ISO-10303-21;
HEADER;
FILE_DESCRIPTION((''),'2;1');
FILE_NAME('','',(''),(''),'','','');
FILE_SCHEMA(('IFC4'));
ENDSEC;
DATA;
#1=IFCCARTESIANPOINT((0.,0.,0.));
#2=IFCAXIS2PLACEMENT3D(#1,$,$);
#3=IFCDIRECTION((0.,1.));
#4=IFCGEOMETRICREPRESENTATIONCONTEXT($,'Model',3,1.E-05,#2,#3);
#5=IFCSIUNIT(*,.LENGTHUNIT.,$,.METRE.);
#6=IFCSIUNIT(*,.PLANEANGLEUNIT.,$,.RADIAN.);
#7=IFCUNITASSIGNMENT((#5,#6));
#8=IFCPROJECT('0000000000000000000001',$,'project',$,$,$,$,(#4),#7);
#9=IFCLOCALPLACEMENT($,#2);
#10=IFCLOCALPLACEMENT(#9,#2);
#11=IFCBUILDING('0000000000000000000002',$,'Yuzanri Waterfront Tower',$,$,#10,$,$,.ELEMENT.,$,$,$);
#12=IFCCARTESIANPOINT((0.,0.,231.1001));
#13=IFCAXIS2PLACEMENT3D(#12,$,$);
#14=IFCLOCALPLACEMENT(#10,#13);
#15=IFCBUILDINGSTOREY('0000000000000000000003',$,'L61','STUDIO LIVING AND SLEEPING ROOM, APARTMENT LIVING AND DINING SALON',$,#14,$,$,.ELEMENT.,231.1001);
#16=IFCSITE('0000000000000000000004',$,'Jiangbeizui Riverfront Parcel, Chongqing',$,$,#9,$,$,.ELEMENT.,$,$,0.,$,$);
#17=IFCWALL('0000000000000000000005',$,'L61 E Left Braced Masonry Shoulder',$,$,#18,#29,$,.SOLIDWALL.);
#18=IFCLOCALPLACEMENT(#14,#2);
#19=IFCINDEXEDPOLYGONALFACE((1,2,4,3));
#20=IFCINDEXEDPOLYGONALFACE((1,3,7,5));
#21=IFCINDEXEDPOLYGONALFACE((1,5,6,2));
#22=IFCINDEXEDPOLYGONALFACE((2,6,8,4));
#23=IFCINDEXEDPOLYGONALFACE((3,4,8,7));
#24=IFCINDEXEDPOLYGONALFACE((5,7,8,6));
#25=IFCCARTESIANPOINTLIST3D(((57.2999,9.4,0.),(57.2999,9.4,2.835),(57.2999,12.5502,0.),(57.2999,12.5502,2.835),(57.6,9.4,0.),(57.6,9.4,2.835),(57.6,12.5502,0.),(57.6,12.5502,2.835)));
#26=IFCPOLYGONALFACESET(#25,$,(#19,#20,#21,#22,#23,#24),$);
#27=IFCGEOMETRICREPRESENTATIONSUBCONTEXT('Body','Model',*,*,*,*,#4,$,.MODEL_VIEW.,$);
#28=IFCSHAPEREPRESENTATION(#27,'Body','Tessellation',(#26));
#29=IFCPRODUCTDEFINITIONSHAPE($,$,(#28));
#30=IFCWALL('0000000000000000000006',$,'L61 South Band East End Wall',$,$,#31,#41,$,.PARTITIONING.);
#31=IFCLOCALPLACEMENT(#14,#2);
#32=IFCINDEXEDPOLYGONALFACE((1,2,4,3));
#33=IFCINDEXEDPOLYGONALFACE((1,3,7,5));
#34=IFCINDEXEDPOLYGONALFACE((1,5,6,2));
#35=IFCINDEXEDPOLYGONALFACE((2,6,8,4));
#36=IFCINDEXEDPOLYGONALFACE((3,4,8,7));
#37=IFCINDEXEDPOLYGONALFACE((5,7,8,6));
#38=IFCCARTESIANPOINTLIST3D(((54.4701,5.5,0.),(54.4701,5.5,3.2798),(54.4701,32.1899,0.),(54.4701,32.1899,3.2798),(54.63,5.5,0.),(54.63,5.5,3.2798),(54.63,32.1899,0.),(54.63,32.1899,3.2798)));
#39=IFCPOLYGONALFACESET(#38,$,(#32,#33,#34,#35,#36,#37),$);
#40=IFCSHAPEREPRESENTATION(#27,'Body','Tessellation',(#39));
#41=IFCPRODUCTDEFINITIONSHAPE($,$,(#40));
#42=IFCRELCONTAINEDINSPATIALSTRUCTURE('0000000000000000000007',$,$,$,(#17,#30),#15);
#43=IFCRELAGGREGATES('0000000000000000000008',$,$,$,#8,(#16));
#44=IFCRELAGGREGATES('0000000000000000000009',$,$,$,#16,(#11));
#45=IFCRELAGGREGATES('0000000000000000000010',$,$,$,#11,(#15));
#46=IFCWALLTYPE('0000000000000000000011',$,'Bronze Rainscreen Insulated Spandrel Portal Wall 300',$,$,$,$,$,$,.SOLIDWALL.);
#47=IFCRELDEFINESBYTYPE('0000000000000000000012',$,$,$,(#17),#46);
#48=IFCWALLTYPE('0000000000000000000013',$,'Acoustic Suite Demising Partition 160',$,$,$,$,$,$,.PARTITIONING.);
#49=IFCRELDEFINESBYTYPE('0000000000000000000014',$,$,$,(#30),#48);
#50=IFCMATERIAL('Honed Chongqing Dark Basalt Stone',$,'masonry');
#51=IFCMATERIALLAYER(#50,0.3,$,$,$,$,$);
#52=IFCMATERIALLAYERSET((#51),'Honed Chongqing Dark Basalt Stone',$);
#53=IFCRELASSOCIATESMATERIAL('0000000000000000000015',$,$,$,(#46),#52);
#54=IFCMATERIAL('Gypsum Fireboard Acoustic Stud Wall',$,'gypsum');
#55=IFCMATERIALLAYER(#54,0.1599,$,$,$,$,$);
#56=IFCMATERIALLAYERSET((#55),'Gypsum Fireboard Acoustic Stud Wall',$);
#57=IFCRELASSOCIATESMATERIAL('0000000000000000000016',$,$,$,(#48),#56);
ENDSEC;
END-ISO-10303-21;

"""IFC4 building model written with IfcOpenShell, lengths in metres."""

from ifc_helpers import new_model, si_unit, direction, frame, frame_2d, origin, place, context, subcontext, project, spatial, rectangle, extrude, source, transform, mapped, material, layer, layer_set, type_object, element, save


model = new_model("IFC4")

# Units and contexts
model_context = context("Model", 3, precision=1e-05, world=origin(), true_north=direction((0.0, 1.0)))
body_context = subcontext(model_context, "Body", "Model", "MODEL_VIEW")
ifc_project = project(units=[si_unit("LENGTHUNIT", "METRE"), si_unit("PLANEANGLEUNIT", "RADIAN")], contexts=[model_context])

# Site, building, storey
site_placement = place(None, origin())
site = spatial("IfcSite", under=ifc_project, at=site_placement, Name="Jiangbeizui Riverfront Parcel, Chongqing", CompositionType="ELEMENT", RefElevation=0.0)
building_placement = place(site_placement, origin())
building = spatial("IfcBuilding", under=site, at=building_placement, Name="Yuzanri Waterfront Tower", CompositionType="ELEMENT")
storey_placement = place(building_placement, frame((0.0, 0.0, 231.1001)))
storey = spatial("IfcBuildingStorey", under=building, at=storey_placement, Name="L61", Description="STUDIO LIVING AND SLEEPING ROOM, APARTMENT LIVING AND DINING SALON", CompositionType="ELEMENT", Elevation=231.1001)

# Shared definitions
ifc_material_1 = material(Name="Honed Chongqing Dark Basalt Stone", Category="masonry")
ifc_layer_1 = layer(ifc_material_1, 0.3)
ifc_layer_set_1 = layer_set([ifc_layer_1], Name="Honed Chongqing Dark Basalt Stone")
wall_type_1 = type_object("IfcWallType", Name="Bronze Rainscreen Insulated Spandrel Portal Wall 300", PredefinedType="SOLIDWALL", material=ifc_layer_set_1)

# Walls
shared_shape_1 = source(origin(), body_context, "Body", "SweptSolid", [
    extrude(rectangle(XDim=3.1501, YDim=0.3, at=frame_2d((1.5752, 0.0))), origin(), (0.0, 0.0, 1.0), 2.835),
])
wall_1_placement = place(storey_placement, frame((57.45, 9.3999, 0.0), z_axis=(0.0, 0.0, 1.0), x_axis=(0.0, 1.0, 0.0)))
element("IfcWall", 1, at=wall_1_placement, inside=storey, type_object=wall_type_1, Name="L61 E Left Braced Masonry Shoulder", PredefinedType="SOLIDWALL", context=body_context, shape_type="MappedRepresentation", body=[
    mapped(shared_shape_1, transform((0.0, 0.0, 0.0), scale=1.0)),
])
ifc_material_2 = material(Name="Gypsum Fireboard Acoustic Stud Wall", Category="gypsum")
ifc_layer_2 = layer(ifc_material_2, 0.1599)
ifc_layer_set_2 = layer_set([ifc_layer_2], Name="Gypsum Fireboard Acoustic Stud Wall")
wall_type_2 = type_object("IfcWallType", Name="Acoustic Suite Demising Partition 160", PredefinedType="PARTITIONING", material=ifc_layer_set_2)
shared_shape_2 = source(origin(), body_context, "Body", "SweptSolid", [
    extrude(rectangle(XDim=26.6899, YDim=0.1599, at=frame_2d((13.345, 0.0))), origin(), (0.0, 0.0, 1.0), 3.2798),
])
wall_2_placement = place(storey_placement, frame((54.55, 5.5, 0.0), z_axis=(0.0, 0.0, 1.0), x_axis=(0.0, 1.0, 0.0)))
element("IfcWall", 2, at=wall_2_placement, inside=storey, type_object=wall_type_2, Name="L61 South Band East End Wall", PredefinedType="PARTITIONING", context=body_context, shape_type="MappedRepresentation", body=[
    mapped(shared_shape_2, transform((0.0, 0.0, 0.0), scale=1.0)),
])

save(model, "model.ifc")
